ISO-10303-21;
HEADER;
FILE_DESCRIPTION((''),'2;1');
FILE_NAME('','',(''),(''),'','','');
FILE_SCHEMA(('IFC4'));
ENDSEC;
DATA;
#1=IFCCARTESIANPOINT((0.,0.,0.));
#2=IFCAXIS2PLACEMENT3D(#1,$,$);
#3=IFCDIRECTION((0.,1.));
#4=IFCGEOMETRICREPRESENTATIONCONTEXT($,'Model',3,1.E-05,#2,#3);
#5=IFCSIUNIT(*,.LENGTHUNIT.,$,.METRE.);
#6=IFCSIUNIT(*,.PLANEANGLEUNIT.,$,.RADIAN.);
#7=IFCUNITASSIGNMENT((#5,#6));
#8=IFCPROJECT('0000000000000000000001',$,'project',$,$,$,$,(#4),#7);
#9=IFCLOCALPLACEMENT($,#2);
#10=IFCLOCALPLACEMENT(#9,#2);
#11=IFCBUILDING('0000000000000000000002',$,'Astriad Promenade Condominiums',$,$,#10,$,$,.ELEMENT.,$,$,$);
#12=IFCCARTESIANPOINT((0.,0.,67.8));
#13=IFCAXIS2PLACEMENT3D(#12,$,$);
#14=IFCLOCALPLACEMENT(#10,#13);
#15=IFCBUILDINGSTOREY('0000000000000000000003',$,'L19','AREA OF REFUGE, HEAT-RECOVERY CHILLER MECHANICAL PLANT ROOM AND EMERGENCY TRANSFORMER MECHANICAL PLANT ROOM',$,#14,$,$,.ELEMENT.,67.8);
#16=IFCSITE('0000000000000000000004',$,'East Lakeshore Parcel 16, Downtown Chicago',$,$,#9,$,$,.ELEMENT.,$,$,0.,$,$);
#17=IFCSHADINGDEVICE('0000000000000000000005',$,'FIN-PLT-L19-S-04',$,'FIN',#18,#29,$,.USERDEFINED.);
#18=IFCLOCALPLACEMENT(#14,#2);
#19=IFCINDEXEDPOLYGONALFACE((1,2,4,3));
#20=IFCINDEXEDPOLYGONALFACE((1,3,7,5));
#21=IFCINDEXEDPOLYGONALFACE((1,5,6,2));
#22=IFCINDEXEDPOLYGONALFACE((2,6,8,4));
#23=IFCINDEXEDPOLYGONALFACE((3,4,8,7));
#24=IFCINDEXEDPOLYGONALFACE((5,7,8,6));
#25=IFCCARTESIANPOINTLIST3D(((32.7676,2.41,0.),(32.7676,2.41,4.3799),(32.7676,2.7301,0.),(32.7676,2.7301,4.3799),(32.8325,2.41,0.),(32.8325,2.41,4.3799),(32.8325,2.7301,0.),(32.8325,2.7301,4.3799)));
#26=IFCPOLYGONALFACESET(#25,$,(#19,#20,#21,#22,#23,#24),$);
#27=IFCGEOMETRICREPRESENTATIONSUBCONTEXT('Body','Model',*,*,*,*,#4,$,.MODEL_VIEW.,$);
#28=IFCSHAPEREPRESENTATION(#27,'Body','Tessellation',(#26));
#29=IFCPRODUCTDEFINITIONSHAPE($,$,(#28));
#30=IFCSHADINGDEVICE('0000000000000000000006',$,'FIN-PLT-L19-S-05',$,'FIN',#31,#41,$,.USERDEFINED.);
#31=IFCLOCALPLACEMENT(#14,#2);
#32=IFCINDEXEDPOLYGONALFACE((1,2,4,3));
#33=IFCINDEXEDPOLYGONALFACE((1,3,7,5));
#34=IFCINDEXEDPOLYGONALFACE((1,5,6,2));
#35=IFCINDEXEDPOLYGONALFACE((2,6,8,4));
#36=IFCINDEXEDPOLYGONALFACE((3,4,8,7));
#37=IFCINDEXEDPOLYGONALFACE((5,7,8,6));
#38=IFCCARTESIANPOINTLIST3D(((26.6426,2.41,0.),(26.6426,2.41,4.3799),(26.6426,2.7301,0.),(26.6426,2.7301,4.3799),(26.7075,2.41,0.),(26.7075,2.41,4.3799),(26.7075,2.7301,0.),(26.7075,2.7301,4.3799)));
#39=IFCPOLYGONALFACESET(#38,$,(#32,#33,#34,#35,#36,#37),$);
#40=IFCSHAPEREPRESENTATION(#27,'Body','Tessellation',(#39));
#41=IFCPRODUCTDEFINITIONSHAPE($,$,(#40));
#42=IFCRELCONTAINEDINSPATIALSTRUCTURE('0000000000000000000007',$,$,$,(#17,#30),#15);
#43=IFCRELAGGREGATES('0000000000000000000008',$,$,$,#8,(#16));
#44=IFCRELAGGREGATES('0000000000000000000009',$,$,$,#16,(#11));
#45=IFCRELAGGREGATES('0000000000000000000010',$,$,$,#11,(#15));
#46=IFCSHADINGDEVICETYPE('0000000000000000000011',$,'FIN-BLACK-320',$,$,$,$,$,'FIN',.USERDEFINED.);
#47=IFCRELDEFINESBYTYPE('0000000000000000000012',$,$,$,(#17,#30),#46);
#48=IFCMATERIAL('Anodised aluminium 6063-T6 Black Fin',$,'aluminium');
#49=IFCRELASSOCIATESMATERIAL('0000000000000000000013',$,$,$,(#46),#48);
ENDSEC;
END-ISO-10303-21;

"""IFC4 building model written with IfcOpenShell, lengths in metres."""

from ifc_helpers import new_model, si_unit, direction, frame, origin, origin_2d, place, context, subcontext, project, spatial, rectangle, extrude, source, transform, mapped, material, type_object, type_shapes, element, save


model = new_model("IFC4")

# Units and contexts
model_context = context("Model", 3, precision=1e-05, world=origin(), true_north=direction((0.0, 1.0)))
body_context = subcontext(model_context, "Body", "Model", "MODEL_VIEW")
ifc_project = project(units=[si_unit("LENGTHUNIT", "METRE"), si_unit("PLANEANGLEUNIT", "RADIAN")], contexts=[model_context])

# Site, building, storey
site_placement = place(None, origin())
site = spatial("IfcSite", under=ifc_project, at=site_placement, Name="East Lakeshore Parcel 16, Downtown Chicago", CompositionType="ELEMENT", RefElevation=0.0)
building_placement = place(site_placement, origin())
building = spatial("IfcBuilding", under=site, at=building_placement, Name="Astriad Promenade Condominiums", CompositionType="ELEMENT")
storey_placement = place(building_placement, frame((0.0, 0.0, 67.8)))
storey = spatial("IfcBuildingStorey", under=building, at=storey_placement, Name="L19", Description="AREA OF REFUGE, HEAT-RECOVERY CHILLER MECHANICAL PLANT ROOM AND EMERGENCY TRANSFORMER MECHANICAL PLANT ROOM", CompositionType="ELEMENT", Elevation=67.8)

# Shading devices
ifc_material_1 = material(Name="Anodised aluminium 6063-T6 Black Fin", Category="aluminium")
shading_device_type_1 = type_object("IfcShadingDeviceType", Name="FIN-BLACK-320", ElementType="FIN", PredefinedType="USERDEFINED", material=ifc_material_1)
shared_shape_1 = source(origin(), body_context, "Body", "SweptSolid", [
    extrude(rectangle(XDim=0.0649, YDim=0.3201, at=origin_2d()), origin(), (0.0, 0.0, 1.0), 4.3799),
])
type_shapes(shading_device_type_1, [shared_shape_1])
for number, where, z_axis, x_axis, name in (
    (1, (32.8, 2.5701, 0.0), (0.0, 0.0, 1.0), (-1.0, 0.0, 0.0), "FIN-PLT-L19-S-04"),
    (2, (26.675, 2.5701, 0.0), (0.0, 0.0, 1.0), (-1.0, 0.0, 0.0), "FIN-PLT-L19-S-05"),
):
    element("IfcShadingDevice", number, at=place(storey_placement, frame(where, z_axis=z_axis, x_axis=x_axis)), inside=storey, type_object=shading_device_type_1, Name=name, ObjectType="FIN", PredefinedType="USERDEFINED", context=body_context, shape_type="MappedRepresentation", body=[
        mapped(shared_shape_1, transform((0.0, 0.0, 0.0), scale=1.0)),
    ])

save(model, "model.ifc")
